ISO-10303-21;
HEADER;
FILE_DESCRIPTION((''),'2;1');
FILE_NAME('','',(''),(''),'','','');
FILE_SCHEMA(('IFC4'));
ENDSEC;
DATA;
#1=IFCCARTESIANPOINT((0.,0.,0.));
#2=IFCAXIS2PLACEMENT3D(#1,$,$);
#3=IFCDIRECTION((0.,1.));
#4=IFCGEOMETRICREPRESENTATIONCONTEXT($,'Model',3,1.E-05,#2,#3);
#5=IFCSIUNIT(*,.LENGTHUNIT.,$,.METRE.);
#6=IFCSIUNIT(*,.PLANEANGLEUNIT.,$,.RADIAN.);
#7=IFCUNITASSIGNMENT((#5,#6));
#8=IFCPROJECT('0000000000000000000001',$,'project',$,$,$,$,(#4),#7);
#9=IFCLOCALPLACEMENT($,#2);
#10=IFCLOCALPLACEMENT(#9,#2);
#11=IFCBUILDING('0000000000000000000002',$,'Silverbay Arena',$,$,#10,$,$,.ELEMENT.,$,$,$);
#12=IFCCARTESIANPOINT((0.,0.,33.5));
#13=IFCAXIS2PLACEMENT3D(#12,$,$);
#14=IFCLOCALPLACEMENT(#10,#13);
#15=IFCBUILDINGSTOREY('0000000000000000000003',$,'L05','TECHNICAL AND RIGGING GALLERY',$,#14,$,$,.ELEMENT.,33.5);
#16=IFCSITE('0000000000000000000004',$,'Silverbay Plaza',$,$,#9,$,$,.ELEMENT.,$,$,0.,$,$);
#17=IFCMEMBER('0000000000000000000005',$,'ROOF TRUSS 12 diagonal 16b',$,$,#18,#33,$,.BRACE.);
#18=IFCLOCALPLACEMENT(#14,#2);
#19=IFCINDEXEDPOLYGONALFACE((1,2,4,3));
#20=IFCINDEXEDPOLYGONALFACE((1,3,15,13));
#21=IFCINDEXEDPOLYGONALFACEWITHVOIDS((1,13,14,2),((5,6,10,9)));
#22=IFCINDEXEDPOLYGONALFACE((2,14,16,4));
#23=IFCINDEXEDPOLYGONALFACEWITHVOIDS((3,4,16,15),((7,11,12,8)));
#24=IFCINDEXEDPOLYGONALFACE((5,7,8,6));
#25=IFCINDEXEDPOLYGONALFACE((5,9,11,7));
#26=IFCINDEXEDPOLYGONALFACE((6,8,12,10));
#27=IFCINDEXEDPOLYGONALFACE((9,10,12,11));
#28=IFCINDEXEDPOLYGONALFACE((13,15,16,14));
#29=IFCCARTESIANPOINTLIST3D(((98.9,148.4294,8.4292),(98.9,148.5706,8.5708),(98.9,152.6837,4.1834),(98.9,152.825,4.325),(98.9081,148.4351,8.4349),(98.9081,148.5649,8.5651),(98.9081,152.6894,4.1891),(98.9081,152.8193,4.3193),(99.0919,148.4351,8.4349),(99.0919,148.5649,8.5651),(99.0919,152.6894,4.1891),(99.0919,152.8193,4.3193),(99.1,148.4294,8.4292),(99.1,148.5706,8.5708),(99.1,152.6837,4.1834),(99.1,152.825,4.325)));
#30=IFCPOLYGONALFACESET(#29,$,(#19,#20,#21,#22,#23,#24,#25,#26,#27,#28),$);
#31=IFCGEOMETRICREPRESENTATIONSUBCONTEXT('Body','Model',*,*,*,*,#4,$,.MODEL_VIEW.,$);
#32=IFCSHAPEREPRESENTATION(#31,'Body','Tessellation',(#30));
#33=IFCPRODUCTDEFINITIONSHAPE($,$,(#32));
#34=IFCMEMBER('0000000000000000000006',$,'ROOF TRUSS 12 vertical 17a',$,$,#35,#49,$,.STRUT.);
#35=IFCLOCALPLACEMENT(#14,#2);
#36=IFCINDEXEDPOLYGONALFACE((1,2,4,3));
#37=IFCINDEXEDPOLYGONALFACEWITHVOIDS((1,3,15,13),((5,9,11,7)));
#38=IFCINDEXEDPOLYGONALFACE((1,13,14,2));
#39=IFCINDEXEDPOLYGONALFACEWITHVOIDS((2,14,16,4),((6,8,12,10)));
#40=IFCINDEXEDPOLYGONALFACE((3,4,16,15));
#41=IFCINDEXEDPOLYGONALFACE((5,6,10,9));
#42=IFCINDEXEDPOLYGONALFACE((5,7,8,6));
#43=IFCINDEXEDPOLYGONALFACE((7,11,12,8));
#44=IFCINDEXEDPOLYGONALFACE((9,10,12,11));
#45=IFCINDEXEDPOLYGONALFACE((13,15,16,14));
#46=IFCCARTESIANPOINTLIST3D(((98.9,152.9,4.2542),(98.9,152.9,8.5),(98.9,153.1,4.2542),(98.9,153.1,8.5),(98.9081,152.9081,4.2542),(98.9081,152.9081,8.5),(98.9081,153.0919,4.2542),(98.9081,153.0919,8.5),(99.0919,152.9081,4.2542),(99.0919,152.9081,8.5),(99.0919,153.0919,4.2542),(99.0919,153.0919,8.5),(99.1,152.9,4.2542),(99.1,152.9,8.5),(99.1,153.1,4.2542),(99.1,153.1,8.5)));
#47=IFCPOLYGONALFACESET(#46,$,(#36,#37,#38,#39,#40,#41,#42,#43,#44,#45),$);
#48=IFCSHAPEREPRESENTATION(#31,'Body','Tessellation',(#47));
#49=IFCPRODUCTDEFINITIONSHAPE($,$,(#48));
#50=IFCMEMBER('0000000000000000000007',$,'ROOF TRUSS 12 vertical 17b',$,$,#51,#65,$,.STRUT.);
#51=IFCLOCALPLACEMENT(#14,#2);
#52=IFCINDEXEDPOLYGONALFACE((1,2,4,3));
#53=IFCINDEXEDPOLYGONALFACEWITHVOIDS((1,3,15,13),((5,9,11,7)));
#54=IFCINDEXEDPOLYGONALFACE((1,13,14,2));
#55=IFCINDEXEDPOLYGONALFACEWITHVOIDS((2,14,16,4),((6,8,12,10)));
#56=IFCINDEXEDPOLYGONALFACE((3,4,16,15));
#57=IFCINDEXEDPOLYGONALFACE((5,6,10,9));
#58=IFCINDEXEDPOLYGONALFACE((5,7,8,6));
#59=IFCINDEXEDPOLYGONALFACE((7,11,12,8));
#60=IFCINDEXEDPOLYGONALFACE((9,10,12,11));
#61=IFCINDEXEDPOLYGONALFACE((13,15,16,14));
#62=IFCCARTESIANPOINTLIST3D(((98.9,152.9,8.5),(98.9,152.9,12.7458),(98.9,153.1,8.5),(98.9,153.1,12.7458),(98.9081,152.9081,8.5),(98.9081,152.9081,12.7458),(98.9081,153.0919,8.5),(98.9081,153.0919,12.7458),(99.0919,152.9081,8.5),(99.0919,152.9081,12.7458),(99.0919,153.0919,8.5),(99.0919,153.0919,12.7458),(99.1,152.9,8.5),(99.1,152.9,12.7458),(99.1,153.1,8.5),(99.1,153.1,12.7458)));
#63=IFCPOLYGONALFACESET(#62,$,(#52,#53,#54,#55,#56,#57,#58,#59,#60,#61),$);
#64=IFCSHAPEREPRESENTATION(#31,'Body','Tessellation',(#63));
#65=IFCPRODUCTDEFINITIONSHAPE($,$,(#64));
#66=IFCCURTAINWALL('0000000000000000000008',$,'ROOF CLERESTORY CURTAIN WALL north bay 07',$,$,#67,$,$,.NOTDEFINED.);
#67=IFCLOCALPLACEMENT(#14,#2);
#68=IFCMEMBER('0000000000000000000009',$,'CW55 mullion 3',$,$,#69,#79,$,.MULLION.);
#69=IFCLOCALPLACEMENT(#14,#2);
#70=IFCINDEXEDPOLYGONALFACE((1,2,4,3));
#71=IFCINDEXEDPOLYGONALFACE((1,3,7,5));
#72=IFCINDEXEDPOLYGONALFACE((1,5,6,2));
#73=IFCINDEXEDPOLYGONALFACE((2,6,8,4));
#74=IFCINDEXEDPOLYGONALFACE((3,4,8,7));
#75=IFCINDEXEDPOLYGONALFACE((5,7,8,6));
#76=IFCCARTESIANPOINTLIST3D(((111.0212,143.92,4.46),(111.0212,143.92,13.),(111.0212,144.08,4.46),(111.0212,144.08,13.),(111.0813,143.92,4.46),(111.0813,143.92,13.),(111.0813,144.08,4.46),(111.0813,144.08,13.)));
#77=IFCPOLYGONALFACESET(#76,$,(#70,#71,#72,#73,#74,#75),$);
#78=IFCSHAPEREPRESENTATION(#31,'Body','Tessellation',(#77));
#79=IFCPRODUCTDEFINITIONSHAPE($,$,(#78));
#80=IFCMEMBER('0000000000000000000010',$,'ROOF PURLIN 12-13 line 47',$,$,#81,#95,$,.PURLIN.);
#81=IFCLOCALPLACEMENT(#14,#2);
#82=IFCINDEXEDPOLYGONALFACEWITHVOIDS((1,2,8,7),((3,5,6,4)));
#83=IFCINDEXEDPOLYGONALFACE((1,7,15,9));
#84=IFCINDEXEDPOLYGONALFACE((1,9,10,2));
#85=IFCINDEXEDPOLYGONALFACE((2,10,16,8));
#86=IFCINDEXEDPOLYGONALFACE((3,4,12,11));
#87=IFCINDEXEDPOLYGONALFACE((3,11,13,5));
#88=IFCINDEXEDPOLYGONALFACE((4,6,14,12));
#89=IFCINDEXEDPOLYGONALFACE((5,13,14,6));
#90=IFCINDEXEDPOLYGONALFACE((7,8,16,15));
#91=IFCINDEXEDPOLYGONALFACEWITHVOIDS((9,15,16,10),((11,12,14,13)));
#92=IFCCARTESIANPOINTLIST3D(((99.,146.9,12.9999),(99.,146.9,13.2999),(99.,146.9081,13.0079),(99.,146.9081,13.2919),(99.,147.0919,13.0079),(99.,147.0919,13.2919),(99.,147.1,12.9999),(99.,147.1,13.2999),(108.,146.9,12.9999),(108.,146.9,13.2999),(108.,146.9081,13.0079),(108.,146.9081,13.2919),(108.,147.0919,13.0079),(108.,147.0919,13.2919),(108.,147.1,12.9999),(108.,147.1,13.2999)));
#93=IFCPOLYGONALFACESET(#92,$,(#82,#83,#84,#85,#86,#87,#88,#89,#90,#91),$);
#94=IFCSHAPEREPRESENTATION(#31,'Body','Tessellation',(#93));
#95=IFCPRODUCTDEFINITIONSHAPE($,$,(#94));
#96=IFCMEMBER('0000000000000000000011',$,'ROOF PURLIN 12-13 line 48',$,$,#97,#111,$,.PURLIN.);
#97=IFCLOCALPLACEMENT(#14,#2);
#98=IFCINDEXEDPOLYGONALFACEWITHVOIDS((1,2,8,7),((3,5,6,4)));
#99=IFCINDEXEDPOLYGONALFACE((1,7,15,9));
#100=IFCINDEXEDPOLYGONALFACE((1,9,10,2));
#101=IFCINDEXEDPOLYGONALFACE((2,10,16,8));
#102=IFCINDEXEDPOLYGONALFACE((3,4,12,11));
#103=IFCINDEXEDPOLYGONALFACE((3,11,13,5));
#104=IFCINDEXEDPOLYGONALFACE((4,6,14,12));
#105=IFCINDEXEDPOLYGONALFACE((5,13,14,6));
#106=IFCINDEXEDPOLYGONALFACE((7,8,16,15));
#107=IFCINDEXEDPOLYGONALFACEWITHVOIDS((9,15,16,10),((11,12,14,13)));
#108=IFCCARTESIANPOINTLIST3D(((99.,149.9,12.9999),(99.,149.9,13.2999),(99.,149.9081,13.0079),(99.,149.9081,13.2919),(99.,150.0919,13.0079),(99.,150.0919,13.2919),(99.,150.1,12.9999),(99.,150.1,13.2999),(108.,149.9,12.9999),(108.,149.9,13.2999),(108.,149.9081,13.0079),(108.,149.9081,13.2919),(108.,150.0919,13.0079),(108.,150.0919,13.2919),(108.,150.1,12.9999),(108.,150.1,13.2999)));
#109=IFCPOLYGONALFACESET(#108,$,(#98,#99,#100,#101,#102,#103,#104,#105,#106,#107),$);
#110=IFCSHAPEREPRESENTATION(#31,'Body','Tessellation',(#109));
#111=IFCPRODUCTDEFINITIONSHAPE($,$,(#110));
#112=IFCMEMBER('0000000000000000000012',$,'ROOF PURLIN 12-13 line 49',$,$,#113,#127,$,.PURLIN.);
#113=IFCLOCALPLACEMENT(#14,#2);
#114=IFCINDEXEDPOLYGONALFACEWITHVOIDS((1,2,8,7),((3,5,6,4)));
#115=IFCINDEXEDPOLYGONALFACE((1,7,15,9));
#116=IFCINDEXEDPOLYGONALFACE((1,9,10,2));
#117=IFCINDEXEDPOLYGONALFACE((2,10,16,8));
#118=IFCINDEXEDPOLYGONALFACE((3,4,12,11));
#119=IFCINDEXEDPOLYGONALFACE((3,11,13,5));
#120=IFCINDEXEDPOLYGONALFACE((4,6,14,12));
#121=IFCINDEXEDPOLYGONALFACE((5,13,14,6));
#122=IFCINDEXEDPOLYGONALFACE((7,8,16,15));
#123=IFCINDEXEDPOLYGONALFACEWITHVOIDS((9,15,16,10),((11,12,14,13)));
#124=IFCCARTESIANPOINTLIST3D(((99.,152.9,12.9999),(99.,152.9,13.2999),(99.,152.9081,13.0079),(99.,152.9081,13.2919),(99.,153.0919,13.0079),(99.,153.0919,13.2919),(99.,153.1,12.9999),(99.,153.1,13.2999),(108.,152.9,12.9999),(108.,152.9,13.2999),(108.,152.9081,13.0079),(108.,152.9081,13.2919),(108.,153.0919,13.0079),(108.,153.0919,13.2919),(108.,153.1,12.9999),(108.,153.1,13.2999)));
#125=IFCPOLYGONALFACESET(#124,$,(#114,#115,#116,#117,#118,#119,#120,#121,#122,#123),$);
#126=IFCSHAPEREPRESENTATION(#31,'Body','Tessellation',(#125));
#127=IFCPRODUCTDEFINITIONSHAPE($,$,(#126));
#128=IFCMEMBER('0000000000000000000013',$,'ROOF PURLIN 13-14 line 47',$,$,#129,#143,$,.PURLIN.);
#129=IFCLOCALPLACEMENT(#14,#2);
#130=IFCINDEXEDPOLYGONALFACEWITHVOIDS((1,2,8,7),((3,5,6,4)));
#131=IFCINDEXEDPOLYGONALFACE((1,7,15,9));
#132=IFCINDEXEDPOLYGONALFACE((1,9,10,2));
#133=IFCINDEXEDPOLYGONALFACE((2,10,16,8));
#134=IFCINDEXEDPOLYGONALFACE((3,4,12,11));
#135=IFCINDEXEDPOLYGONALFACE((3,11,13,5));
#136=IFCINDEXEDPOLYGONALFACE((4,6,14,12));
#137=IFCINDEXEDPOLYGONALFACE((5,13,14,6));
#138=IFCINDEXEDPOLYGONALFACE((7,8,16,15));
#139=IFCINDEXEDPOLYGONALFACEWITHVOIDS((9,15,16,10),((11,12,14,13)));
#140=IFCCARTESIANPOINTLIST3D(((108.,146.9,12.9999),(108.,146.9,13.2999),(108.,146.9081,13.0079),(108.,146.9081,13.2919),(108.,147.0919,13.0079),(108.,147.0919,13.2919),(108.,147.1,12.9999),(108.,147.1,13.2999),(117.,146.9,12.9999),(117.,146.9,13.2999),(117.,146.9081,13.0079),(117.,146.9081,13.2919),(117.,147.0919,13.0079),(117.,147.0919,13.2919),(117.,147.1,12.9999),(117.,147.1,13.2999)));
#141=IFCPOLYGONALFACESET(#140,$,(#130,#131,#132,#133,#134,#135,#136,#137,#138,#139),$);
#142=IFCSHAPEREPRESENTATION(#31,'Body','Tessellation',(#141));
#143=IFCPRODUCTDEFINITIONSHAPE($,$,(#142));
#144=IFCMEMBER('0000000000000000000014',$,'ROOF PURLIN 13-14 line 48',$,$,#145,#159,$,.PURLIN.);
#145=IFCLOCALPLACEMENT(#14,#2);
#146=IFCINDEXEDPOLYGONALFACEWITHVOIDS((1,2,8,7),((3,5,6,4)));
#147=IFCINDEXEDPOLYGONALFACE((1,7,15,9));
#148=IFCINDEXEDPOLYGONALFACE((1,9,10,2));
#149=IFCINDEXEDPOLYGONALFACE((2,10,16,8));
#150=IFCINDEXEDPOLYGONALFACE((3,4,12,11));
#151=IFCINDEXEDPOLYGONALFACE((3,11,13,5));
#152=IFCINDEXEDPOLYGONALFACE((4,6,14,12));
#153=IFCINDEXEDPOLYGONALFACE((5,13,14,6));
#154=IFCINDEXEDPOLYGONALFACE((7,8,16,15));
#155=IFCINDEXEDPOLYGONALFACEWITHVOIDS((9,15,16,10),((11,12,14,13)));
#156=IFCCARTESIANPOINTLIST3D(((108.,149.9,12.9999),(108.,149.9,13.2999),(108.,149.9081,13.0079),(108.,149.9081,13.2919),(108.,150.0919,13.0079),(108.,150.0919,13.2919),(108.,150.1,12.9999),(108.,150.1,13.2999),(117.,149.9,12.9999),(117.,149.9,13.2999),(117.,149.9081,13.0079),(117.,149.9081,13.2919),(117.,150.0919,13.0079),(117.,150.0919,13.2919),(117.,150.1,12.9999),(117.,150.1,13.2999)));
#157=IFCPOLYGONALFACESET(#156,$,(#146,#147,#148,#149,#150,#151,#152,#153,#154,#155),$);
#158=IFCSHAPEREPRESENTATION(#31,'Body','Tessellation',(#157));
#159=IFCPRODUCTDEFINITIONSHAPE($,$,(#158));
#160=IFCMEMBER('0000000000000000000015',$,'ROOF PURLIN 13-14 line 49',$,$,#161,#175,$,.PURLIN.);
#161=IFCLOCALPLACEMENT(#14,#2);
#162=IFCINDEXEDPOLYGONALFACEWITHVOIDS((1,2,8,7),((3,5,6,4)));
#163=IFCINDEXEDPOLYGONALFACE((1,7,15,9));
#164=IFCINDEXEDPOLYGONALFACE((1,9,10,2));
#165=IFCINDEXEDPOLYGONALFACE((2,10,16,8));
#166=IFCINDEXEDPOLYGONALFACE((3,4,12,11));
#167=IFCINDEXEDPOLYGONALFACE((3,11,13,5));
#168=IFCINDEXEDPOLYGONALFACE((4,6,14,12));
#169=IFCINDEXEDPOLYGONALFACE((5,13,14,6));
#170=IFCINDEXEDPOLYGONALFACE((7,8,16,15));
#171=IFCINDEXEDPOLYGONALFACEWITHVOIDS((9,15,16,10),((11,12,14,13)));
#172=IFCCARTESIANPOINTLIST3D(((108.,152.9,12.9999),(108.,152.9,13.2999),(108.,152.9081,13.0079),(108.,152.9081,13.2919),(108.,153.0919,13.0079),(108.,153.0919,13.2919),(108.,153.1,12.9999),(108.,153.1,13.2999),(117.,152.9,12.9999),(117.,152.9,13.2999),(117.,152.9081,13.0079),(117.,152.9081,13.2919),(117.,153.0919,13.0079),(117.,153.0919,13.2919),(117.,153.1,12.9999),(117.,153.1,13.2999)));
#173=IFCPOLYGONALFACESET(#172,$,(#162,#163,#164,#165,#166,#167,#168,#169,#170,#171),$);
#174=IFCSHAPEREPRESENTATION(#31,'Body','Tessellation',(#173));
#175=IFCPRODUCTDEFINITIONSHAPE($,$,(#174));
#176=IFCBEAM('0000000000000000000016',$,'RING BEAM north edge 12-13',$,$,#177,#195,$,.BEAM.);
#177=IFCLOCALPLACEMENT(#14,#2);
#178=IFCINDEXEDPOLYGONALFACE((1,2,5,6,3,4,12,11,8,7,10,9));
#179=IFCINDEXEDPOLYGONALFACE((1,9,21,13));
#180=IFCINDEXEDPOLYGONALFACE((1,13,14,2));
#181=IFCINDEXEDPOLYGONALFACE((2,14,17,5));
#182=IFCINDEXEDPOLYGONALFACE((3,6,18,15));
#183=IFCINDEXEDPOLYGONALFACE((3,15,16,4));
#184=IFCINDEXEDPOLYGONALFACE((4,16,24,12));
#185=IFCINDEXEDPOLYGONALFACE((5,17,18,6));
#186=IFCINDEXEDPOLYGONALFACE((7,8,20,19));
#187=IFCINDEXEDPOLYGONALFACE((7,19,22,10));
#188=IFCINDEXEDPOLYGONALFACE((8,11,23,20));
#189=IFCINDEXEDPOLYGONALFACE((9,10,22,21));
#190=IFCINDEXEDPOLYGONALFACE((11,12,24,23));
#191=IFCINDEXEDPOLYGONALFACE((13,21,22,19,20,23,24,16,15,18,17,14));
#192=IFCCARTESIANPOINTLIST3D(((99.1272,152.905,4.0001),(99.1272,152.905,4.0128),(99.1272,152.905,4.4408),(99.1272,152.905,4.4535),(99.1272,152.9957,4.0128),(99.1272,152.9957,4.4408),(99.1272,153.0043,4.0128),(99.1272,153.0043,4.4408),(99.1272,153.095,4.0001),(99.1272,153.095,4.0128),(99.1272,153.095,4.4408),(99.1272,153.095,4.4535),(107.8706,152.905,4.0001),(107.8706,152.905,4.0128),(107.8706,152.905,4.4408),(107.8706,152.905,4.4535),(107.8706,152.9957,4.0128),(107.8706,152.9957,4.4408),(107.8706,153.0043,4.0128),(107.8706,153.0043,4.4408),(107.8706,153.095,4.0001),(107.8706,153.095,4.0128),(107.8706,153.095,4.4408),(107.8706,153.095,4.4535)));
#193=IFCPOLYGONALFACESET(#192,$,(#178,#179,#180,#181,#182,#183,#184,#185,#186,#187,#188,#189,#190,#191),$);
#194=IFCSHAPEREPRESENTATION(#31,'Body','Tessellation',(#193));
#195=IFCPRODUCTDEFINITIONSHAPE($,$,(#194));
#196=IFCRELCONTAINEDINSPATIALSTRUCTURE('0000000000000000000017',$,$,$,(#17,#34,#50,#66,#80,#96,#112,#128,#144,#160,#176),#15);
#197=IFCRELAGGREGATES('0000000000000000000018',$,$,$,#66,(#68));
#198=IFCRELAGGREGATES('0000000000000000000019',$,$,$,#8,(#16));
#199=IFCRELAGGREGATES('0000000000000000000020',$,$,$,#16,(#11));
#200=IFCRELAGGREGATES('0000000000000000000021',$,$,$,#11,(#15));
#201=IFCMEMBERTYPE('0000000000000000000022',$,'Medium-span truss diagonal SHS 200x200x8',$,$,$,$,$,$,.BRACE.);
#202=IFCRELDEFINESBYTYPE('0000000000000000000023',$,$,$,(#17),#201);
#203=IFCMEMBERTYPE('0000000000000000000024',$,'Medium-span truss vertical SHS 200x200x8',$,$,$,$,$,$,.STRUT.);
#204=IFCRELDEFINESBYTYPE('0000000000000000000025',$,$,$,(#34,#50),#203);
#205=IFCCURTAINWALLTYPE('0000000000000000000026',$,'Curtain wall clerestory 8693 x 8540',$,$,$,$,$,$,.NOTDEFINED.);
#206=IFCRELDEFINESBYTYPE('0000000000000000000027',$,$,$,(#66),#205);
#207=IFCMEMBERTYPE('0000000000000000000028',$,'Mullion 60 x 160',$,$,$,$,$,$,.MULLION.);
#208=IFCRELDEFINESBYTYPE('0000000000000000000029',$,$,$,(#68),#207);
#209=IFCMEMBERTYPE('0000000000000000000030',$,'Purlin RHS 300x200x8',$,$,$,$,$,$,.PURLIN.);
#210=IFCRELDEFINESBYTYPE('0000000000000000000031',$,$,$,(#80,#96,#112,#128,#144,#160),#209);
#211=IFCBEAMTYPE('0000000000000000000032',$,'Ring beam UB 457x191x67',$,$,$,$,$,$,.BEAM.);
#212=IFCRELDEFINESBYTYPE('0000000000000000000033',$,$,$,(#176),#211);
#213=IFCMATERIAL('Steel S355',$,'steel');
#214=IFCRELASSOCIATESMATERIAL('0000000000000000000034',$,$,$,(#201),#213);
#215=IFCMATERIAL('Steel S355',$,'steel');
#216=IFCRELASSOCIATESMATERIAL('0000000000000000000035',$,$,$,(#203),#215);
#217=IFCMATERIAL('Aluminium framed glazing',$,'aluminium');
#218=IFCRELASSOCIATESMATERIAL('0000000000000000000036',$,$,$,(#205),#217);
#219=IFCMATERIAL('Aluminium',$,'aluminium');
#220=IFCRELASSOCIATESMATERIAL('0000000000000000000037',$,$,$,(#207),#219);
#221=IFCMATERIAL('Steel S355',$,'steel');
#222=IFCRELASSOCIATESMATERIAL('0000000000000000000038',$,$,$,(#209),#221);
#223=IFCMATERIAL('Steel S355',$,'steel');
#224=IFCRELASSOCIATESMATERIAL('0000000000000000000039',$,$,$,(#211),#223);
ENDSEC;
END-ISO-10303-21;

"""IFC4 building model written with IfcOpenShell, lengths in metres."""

from ifc_helpers import new_model, si_unit, direction, frame, origin, origin_2d, place, context, subcontext, project, spatial, rectangle, hollow_rectangle, i_section, extrude, material, material_profile, profile_set, type_object, element, aggregate, save


model = new_model("IFC4")

# Units and contexts
model_context = context("Model", 3, precision=1e-05, world=origin(), true_north=direction((0.0, 1.0)))
body_context = subcontext(model_context, "Body", "Model", "MODEL_VIEW")
ifc_project = project(units=[si_unit("LENGTHUNIT", "METRE"), si_unit("PLANEANGLEUNIT", "RADIAN")], contexts=[model_context])

# Site, building, storey
site_placement = place(None, origin())
site = spatial("IfcSite", under=ifc_project, at=site_placement, Name="Silverbay Plaza", CompositionType="ELEMENT", RefElevation=0.0)
building_placement = place(site_placement, origin())
building = spatial("IfcBuilding", under=site, at=building_placement, Name="Silverbay Arena", CompositionType="ELEMENT")
storey_placement = place(building_placement, frame((0.0, 0.0, 33.5)))
storey = spatial("IfcBuildingStorey", under=building, at=storey_placement, Name="L05", Description="TECHNICAL AND RIGGING GALLERY", CompositionType="ELEMENT", Elevation=33.5)

# Members
ifc_material_1 = material(Name="Steel S355", Category="steel")
ifc_material_profile_1 = material_profile(ifc_material_1, hollow_rectangle(XDim=0.2, YDim=0.2, WallThickness=0.0081, at=origin_2d()), Name="SHS 200x200x8")
ifc_profile_set_1 = profile_set([ifc_material_profile_1], Name="Steel S355")
member_type_1 = type_object("IfcMemberType", Name="Medium-span truss diagonal SHS 200x200x8", PredefinedType="BRACE", material=ifc_profile_set_1)
for number, where, z_axis, x_axis, name in (
    (1, (99.0, 148.5, 8.5), (0.0, 0.707817, -0.706396), (-1.0, 0.0, 0.0), "ROOF TRUSS 12 diagonal 16b"),
):
    element("IfcMember", number, at=place(storey_placement, frame(where, z_axis=z_axis, x_axis=x_axis)), inside=storey, type_object=member_type_1, Name=name, PredefinedType="BRACE", context=body_context, shape_type="SweptSolid", body=[
        extrude(hollow_rectangle(XDim=0.2, YDim=0.2, WallThickness=0.0081, at=origin_2d()), origin(), (0.0, 0.0, 1.0), 6.0105),
    ])
ifc_material_2 = material(Name="Steel S355", Category="steel")
ifc_material_profile_2 = material_profile(ifc_material_2, hollow_rectangle(XDim=0.2, YDim=0.2, WallThickness=0.0081, at=origin_2d()), Name="SHS 200x200x8")
ifc_profile_set_2 = profile_set([ifc_material_profile_2], Name="Steel S355")
member_type_2 = type_object("IfcMemberType", Name="Medium-span truss vertical SHS 200x200x8", PredefinedType="STRUT", material=ifc_profile_set_2)
for number, where, z_axis, x_axis, name in (
    (2, (99.0, 153.0, 4.2542), (0.0, 0.0, 1.0), (1.0, 0.0, 0.0), "ROOF TRUSS 12 vertical 17a"),
    (3, (99.0, 153.0, 8.5), (0.0, 0.0, 1.0), (1.0, 0.0, 0.0), "ROOF TRUSS 12 vertical 17b"),
):
    element("IfcMember", number, at=place(storey_placement, frame(where, z_axis=z_axis, x_axis=x_axis)), inside=storey, type_object=member_type_2, Name=name, PredefinedType="STRUT", context=body_context, shape_type="SweptSolid", body=[
        extrude(hollow_rectangle(XDim=0.2, YDim=0.2, WallThickness=0.0081, at=origin_2d()), origin(), (0.0, 0.0, 1.0), 4.2458),
    ])

# Curtain wall, member
ifc_material_3 = material(Name="Aluminium framed glazing", Category="aluminium")
curtain_wall_type = type_object("IfcCurtainWallType", Name="Curtain wall clerestory 8693 x 8540", PredefinedType="NOTDEFINED", material=ifc_material_3)
curtain_wall_placement = place(storey_placement, origin())
curtain_wall = element("IfcCurtainWall", 4, at=curtain_wall_placement, inside=storey, type_object=curtain_wall_type, Name="ROOF CLERESTORY CURTAIN WALL north bay 07", PredefinedType="NOTDEFINED")
ifc_material_4 = material(Name="Aluminium", Category="aluminium")
ifc_material_profile_3 = material_profile(ifc_material_4, rectangle(XDim=0.1599, YDim=0.0601, at=origin_2d()), Name="Mullion 60 x 160")
ifc_profile_set_3 = profile_set([ifc_material_profile_3], Name="Aluminium")
member_type_3 = type_object("IfcMemberType", Name="Mullion 60 x 160", PredefinedType="MULLION", material=ifc_profile_set_3)
member_1_placement = place(storey_placement, frame((111.0513, 144.0, 4.46), z_axis=(0.0, 0.0, 1.0), x_axis=(0.0, 1.0, 0.0)))
member_1 = element("IfcMember", 5, at=member_1_placement, type_object=member_type_3, Name="CW55 mullion 3", PredefinedType="MULLION", context=body_context, shape_type="SweptSolid", body=[
    extrude(rectangle(XDim=0.1599, YDim=0.0601, at=origin_2d()), origin(), (0.0, 0.0, 1.0), 8.54),
])

# Members
ifc_material_5 = material(Name="Steel S355", Category="steel")
ifc_material_profile_4 = material_profile(ifc_material_5, hollow_rectangle(XDim=0.2, YDim=0.3, WallThickness=0.0081, at=origin_2d()), Name="RHS 300x200x8")
ifc_profile_set_4 = profile_set([ifc_material_profile_4], Name="Steel S355")
member_type_4 = type_object("IfcMemberType", Name="Purlin RHS 300x200x8", PredefinedType="PURLIN", material=ifc_profile_set_4)
for number, where, z_axis, x_axis, name in (
    (6, (99.0, 147.0, 13.1499), (1.0, 0.0, 0.0), (0.0, 1.0, 0.0), "ROOF PURLIN 12-13 line 47"),
    (7, (99.0, 150.0, 13.1499), (1.0, 0.0, 0.0), (0.0, 1.0, 0.0), "ROOF PURLIN 12-13 line 48"),
    (8, (99.0, 153.0, 13.1499), (1.0, 0.0, 0.0), (0.0, 1.0, 0.0), "ROOF PURLIN 12-13 line 49"),
    (9, (108.0, 147.0, 13.1499), (1.0, 0.0, 0.0), (0.0, 1.0, 0.0), "ROOF PURLIN 13-14 line 47"),
    (10, (108.0, 150.0, 13.1499), (1.0, 0.0, 0.0), (0.0, 1.0, 0.0), "ROOF PURLIN 13-14 line 48"),
    (11, (108.0, 153.0, 13.1499), (1.0, 0.0, 0.0), (0.0, 1.0, 0.0), "ROOF PURLIN 13-14 line 49"),
):
    element("IfcMember", number, at=place(storey_placement, frame(where, z_axis=z_axis, x_axis=x_axis)), inside=storey, type_object=member_type_4, Name=name, PredefinedType="PURLIN", context=body_context, shape_type="SweptSolid", body=[
        extrude(hollow_rectangle(XDim=0.2, YDim=0.3, WallThickness=0.0081, at=origin_2d()), origin(), (0.0, 0.0, 1.0), 9.0),
    ])

# Beam
ifc_material_6 = material(Name="Steel S355", Category="steel")
ifc_material_profile_5 = material_profile(ifc_material_6, i_section(OverallWidth=0.1899, OverallDepth=0.4534, WebThickness=0.0085, FlangeThickness=0.0127, at=origin_2d()), Name="UB 457x191x67")
ifc_profile_set_5 = profile_set([ifc_material_profile_5], Name="Steel S355")
beam_type = type_object("IfcBeamType", Name="Ring beam UB 457x191x67", PredefinedType="BEAM", material=ifc_profile_set_5)
beam_1_placement = place(storey_placement, frame((99.1272, 153.0, 4.2268), z_axis=(1.0, 0.0, 0.0), x_axis=(0.0, 1.0, 0.0)))
element("IfcBeam", 12, at=beam_1_placement, inside=storey, type_object=beam_type, Name="RING BEAM north edge 12-13", PredefinedType="BEAM", context=body_context, shape_type="SweptSolid", body=[
    extrude(i_section(OverallWidth=0.1899, OverallDepth=0.4534, WebThickness=0.0085, FlangeThickness=0.0127, at=origin_2d()), origin(), (0.0, 0.0, 1.0), 8.7434),
])

aggregate(curtain_wall, [member_1])

save(model, "model.ifc")
